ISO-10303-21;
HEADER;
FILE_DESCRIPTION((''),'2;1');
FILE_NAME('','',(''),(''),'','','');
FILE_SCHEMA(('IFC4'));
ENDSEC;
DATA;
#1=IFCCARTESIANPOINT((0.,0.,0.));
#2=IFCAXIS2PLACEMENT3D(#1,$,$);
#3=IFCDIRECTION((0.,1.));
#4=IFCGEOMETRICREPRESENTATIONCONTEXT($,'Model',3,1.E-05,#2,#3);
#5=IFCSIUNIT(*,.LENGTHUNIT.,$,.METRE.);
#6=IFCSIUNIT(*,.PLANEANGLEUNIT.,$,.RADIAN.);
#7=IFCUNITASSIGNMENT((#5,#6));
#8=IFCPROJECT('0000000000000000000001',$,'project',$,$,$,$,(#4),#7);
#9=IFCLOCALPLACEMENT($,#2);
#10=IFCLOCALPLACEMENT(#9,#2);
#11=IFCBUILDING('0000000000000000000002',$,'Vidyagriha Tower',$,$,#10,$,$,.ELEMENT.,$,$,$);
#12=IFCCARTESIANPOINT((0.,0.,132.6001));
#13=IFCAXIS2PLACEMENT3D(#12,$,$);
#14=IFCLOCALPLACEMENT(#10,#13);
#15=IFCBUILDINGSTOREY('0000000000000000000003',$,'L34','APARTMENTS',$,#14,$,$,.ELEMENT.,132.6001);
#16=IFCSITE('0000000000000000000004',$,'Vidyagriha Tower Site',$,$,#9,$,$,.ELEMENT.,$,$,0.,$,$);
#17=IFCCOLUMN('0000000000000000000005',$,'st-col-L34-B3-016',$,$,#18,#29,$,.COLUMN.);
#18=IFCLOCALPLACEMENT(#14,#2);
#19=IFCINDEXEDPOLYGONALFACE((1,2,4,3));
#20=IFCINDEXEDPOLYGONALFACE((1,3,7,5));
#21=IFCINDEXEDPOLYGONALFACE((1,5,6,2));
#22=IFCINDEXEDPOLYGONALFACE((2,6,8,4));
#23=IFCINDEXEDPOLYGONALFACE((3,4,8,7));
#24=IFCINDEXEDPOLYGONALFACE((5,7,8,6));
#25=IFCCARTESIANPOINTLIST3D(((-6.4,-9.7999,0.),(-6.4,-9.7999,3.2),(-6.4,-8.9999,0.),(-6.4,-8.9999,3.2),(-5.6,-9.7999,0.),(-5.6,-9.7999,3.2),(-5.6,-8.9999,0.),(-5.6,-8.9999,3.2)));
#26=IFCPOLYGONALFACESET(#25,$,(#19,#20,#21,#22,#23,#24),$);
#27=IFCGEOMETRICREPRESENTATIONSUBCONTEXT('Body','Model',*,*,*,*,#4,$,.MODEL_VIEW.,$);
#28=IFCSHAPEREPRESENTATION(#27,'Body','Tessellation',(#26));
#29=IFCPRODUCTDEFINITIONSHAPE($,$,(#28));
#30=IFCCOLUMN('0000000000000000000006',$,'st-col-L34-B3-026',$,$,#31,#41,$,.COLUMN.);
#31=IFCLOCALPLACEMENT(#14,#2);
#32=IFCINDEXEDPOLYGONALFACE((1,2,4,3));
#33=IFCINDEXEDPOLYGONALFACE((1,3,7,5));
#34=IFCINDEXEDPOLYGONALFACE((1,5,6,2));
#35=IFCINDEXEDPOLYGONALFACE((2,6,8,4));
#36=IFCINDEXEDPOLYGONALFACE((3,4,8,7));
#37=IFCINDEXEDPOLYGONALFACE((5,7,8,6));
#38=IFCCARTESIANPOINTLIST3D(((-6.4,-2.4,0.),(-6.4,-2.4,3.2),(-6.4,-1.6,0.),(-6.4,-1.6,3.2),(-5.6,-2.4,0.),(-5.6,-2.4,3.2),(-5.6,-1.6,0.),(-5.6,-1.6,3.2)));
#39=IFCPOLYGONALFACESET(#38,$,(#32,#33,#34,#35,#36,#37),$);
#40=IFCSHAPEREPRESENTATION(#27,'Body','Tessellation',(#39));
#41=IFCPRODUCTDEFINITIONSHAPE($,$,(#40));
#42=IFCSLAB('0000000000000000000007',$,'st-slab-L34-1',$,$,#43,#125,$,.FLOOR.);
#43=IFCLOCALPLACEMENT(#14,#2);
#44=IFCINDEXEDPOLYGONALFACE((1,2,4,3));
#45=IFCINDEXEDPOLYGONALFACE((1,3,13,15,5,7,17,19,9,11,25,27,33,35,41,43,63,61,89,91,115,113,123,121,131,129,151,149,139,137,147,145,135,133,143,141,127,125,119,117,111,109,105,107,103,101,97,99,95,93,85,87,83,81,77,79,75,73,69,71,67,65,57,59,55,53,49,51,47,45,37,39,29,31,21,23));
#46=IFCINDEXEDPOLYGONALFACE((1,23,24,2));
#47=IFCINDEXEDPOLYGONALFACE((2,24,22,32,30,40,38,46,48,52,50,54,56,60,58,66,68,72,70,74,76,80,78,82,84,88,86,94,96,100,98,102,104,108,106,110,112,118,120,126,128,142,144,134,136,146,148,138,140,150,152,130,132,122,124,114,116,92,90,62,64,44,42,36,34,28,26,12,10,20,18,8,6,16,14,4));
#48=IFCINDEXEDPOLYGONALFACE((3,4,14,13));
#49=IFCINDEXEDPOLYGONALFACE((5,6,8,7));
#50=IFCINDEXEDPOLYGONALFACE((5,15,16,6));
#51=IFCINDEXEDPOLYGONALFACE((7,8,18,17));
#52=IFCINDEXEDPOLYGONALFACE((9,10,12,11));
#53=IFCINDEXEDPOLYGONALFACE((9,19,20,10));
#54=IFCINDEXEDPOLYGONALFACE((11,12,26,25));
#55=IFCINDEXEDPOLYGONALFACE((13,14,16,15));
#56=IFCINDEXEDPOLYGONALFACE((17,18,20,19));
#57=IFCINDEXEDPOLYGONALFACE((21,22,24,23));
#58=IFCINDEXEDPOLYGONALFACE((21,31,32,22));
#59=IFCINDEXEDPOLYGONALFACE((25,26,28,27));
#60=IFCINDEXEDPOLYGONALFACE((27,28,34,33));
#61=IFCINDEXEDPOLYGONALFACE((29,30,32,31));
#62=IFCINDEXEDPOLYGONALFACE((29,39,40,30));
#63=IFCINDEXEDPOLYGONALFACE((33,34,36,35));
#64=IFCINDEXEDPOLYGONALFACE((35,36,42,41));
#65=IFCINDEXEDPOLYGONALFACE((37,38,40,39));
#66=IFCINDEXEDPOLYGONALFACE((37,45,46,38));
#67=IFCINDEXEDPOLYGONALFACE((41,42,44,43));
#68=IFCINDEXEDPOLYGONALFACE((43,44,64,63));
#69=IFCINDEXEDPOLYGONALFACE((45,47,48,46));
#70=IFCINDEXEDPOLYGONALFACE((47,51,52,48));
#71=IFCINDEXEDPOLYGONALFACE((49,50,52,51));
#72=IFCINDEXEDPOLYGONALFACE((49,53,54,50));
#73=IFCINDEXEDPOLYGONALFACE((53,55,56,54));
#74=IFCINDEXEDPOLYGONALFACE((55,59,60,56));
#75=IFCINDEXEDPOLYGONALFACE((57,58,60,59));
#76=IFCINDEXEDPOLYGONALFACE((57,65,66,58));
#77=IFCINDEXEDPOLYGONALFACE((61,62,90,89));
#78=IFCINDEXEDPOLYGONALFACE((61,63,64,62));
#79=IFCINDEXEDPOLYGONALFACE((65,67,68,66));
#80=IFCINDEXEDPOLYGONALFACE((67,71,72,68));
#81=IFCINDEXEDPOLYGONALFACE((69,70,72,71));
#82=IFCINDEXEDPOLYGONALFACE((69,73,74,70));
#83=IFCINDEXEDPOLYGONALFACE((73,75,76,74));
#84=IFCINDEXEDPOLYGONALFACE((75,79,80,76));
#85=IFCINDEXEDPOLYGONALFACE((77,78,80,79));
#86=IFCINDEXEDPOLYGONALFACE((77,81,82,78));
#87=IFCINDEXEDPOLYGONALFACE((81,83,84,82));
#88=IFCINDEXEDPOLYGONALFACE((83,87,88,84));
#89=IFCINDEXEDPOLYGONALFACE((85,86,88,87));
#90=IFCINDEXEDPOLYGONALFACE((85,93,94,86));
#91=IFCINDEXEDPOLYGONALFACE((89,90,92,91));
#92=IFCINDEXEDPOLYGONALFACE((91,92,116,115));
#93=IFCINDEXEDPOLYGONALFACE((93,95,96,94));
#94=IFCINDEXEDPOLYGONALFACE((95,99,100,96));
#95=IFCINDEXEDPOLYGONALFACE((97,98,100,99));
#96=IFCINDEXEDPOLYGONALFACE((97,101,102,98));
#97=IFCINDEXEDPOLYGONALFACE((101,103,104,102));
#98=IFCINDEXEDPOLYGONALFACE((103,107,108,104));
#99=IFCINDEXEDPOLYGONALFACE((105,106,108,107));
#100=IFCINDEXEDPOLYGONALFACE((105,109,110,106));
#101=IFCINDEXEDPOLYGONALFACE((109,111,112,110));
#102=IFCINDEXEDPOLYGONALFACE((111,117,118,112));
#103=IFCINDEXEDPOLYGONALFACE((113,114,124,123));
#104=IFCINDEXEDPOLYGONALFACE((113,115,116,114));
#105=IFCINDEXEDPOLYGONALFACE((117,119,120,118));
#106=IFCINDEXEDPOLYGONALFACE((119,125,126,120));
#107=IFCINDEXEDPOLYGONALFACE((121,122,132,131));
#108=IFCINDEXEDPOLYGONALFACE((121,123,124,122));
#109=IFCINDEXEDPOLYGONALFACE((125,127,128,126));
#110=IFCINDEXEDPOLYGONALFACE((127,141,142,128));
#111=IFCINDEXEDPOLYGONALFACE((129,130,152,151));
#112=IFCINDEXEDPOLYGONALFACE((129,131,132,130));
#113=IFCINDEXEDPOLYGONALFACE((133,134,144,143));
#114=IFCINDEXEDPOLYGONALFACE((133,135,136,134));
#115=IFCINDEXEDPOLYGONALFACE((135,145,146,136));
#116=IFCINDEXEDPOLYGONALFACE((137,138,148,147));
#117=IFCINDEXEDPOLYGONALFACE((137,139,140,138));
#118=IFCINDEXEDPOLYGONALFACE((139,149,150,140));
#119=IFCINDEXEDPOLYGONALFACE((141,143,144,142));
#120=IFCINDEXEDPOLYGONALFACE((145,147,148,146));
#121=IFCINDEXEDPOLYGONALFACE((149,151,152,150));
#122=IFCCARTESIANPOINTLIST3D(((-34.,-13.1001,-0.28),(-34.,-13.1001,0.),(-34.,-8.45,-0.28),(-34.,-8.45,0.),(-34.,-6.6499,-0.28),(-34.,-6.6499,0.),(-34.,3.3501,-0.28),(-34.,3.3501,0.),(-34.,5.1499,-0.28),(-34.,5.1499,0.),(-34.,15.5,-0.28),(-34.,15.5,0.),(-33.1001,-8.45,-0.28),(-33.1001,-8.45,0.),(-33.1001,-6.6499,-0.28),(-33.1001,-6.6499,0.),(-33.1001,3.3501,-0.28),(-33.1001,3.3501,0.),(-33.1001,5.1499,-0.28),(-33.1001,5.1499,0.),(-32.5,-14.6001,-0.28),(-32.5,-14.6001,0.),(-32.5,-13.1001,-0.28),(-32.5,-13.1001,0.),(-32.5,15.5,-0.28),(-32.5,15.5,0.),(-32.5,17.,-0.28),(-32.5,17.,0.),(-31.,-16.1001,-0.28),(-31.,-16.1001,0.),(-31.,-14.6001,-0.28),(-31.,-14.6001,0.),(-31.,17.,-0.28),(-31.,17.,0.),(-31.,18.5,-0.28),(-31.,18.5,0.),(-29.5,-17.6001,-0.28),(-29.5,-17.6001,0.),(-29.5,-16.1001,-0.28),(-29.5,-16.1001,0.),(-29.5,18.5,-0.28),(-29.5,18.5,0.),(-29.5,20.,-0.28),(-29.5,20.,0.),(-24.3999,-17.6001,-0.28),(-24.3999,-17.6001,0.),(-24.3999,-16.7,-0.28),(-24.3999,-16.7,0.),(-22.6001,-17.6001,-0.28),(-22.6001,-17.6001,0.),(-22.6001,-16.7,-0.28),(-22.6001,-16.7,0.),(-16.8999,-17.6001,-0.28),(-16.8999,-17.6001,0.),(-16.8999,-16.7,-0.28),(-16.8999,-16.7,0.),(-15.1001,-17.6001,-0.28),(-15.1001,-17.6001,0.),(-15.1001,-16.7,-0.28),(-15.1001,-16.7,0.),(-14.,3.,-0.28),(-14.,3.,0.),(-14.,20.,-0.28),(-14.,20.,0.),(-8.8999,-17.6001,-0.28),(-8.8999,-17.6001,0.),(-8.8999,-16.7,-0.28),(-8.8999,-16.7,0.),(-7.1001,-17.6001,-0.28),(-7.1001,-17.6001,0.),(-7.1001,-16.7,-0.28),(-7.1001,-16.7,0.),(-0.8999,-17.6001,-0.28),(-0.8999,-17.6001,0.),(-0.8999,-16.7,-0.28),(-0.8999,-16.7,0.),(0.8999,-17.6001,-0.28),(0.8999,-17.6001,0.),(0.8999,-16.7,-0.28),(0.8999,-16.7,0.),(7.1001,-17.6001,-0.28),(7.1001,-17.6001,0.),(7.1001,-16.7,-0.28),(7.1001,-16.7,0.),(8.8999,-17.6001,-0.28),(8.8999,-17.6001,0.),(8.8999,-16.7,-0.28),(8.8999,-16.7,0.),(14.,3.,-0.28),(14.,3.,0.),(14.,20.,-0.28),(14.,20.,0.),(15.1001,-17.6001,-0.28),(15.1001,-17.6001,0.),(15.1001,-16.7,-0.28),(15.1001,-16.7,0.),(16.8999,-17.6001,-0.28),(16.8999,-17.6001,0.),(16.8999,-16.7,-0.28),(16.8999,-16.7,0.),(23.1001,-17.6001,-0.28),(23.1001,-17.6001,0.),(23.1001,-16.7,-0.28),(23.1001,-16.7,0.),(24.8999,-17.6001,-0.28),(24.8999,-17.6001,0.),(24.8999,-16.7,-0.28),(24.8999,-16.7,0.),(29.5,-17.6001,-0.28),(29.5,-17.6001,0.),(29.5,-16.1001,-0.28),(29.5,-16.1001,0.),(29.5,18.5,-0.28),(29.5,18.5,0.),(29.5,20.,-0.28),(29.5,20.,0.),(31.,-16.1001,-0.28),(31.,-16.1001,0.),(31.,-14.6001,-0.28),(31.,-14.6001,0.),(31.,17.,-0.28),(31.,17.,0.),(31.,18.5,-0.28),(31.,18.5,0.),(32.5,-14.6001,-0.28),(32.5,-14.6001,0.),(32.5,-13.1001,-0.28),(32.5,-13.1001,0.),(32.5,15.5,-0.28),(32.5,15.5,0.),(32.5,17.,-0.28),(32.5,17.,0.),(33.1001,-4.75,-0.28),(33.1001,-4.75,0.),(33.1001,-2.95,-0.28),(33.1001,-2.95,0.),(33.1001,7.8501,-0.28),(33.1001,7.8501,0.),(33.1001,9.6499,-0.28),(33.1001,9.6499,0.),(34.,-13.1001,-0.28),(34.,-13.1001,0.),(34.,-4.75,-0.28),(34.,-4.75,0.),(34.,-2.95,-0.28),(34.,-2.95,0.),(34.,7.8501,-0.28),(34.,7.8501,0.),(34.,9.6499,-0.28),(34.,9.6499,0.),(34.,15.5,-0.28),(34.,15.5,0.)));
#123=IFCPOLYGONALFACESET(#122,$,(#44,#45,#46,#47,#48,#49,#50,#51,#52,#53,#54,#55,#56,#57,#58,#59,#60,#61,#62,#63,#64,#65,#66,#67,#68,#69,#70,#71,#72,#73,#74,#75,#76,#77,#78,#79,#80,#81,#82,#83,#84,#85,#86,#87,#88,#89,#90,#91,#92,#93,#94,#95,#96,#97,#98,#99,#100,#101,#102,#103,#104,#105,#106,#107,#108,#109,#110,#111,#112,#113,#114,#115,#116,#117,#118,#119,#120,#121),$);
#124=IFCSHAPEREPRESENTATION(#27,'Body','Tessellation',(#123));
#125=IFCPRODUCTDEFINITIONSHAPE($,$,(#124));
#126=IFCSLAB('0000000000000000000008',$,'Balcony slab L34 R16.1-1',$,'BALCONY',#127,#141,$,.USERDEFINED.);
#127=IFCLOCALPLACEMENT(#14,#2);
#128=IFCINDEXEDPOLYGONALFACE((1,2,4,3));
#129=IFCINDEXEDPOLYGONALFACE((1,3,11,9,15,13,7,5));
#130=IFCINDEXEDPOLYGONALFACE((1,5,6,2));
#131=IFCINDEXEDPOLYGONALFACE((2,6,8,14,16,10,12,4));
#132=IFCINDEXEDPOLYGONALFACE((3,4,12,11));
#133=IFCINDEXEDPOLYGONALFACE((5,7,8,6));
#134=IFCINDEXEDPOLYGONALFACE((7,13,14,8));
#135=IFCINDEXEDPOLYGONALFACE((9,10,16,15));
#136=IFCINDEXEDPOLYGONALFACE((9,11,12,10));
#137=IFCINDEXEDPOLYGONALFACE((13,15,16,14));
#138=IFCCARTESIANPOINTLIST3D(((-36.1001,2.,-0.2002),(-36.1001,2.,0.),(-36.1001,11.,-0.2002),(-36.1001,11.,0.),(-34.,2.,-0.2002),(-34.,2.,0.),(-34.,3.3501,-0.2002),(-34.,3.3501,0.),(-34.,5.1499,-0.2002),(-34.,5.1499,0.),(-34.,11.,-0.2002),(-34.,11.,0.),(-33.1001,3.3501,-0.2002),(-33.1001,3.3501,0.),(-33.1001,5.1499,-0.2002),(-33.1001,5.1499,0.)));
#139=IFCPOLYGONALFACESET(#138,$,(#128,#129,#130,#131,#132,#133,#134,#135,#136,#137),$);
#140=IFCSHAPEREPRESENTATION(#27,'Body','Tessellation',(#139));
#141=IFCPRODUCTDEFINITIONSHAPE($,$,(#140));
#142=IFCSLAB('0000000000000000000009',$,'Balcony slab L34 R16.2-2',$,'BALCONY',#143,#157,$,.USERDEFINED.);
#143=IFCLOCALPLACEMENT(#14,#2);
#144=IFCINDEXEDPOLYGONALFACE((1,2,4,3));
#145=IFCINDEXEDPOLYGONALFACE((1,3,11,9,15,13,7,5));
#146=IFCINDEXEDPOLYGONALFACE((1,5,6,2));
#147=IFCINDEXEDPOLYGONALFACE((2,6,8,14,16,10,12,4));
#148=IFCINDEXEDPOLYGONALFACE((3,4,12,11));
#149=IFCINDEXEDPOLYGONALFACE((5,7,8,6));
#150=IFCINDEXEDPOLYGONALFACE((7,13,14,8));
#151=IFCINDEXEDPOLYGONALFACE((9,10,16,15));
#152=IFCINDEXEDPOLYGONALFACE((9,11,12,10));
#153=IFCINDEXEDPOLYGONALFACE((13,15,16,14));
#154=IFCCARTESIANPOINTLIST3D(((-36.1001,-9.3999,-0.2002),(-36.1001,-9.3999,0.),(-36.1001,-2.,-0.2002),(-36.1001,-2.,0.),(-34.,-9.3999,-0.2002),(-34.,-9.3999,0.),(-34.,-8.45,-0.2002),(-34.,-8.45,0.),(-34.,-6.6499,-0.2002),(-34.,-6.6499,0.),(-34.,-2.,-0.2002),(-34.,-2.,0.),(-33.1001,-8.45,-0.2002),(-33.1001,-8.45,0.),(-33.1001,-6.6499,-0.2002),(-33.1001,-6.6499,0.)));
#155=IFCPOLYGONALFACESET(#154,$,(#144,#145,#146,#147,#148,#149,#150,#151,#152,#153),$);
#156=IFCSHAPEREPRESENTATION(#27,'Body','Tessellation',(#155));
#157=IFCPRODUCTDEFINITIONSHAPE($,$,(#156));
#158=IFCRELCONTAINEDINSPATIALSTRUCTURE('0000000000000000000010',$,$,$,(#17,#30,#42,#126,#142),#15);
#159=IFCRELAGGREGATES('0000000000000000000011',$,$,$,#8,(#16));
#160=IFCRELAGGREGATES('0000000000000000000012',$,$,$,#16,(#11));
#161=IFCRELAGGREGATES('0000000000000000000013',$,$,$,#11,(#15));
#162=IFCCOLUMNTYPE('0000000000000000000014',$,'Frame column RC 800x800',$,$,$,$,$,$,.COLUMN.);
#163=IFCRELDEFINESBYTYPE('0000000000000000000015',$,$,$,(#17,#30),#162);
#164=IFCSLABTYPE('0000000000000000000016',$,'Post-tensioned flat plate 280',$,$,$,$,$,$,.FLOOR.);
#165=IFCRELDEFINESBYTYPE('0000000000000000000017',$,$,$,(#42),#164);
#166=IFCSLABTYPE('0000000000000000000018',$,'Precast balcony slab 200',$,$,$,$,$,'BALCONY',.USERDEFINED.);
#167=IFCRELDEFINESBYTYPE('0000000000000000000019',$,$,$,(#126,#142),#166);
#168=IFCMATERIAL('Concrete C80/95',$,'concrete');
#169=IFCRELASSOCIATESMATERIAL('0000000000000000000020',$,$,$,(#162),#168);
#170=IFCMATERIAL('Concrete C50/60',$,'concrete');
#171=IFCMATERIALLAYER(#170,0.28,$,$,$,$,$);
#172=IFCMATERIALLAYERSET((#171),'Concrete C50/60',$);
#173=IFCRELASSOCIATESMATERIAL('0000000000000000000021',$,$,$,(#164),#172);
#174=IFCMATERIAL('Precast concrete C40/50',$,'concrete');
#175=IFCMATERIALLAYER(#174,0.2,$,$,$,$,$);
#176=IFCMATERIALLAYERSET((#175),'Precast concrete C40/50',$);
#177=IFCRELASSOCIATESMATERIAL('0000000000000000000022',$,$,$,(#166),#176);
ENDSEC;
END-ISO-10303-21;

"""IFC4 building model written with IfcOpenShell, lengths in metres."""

from ifc_helpers import new_model, si_unit, direction, frame, origin, origin_2d, place, context, subcontext, project, spatial, polyline, rectangle, outline, extrude, material, layer, layer_set, material_profile, profile_set, type_object, element, save


model = new_model("IFC4")

# Units and contexts
model_context = context("Model", 3, precision=1e-05, world=origin(), true_north=direction((0.0, 1.0)))
body_context = subcontext(model_context, "Body", "Model", "MODEL_VIEW")
ifc_project = project(units=[si_unit("LENGTHUNIT", "METRE"), si_unit("PLANEANGLEUNIT", "RADIAN")], contexts=[model_context])

# Site, building, storey
site_placement = place(None, origin())
site = spatial("IfcSite", under=ifc_project, at=site_placement, Name="Vidyagriha Tower Site", CompositionType="ELEMENT", RefElevation=0.0)
building_placement = place(site_placement, origin())
building = spatial("IfcBuilding", under=site, at=building_placement, Name="Vidyagriha Tower", CompositionType="ELEMENT")
storey_placement = place(building_placement, frame((0.0, 0.0, 132.6001)))
storey = spatial("IfcBuildingStorey", under=building, at=storey_placement, Name="L34", Description="APARTMENTS", CompositionType="ELEMENT", Elevation=132.6001)

# Columns
ifc_material_1 = material(Name="Concrete C80/95", Category="concrete")
ifc_material_profile = material_profile(ifc_material_1, rectangle(XDim=0.8, YDim=0.8, at=origin_2d()), Name="RC 800x800")
ifc_profile_set = profile_set([ifc_material_profile], Name="Concrete C80/95")
column_type = type_object("IfcColumnType", Name="Frame column RC 800x800", PredefinedType="COLUMN", material=ifc_profile_set)
for number, where, name in (
    (1, (-6.0, -9.3999, 0.0), "st-col-L34-B3-016"),
    (2, (-6.0, -2.0, 0.0), "st-col-L34-B3-026"),
):
    element("IfcColumn", number, at=place(storey_placement, frame(where)), inside=storey, type_object=column_type, Name=name, PredefinedType="COLUMN", context=body_context, shape_type="SweptSolid", body=[
        extrude(rectangle(XDim=0.8, YDim=0.8, at=origin_2d()), origin(), (0.0, 0.0, 1.0), 3.2),
    ])

# Slabs
ifc_material_2 = material(Name="Concrete C50/60", Category="concrete")
ifc_layer_1 = layer(ifc_material_2, 0.28)
ifc_layer_set_1 = layer_set([ifc_layer_1], Name="Concrete C50/60")
slab_type_1 = type_object("IfcSlabType", Name="Post-tensioned flat plate 280", PredefinedType="FLOOR", material=ifc_layer_set_1)
slab_1_placement = place(storey_placement, frame((0.0, 0.0, -0.28)))
element("IfcSlab", 3, at=slab_1_placement, inside=storey, type_object=slab_type_1, Name="st-slab-L34-1", PredefinedType="FLOOR", context=body_context, shape_type="SweptSolid", body=[
    extrude(outline(polyline([(32.5, -14.6001), (31.0, -14.6001), (31.0, -16.1001), (29.5, -16.1001), (29.5, -17.6001), (24.8999, -17.6001), (24.8999, -16.7), (23.1001, -16.7), (23.1001, -17.6001), (16.8999, -17.6001), (16.8999, -16.7), (15.1001, -16.7), (15.1001, -17.6001), (8.8999, -17.6001), (8.8999, -16.7), (7.1001, -16.7), (7.1001, -17.6001), (0.8999, -17.6001), (0.8999, -16.7), (-0.8999, -16.7), (-0.8999, -17.6001), (-7.1001, -17.6001), (-7.1001, -16.7), (-8.8999, -16.7), (-8.8999, -17.6001), (-15.1001, -17.6001), (-15.1001, -16.7), (-16.8999, -16.7), (-16.8999, -17.6001), (-22.6001, -17.6001), (-22.6001, -16.7), (-24.3999, -16.7), (-24.3999, -17.6001), (-29.5, -17.6001), (-29.5, -16.1001), (-31.0, -16.1001), (-31.0, -14.6001), (-32.5, -14.6001), (-32.5, -13.1001), (-34.0, -13.1001), (-34.0, -8.45), (-33.1001, -8.45), (-33.1001, -6.6499), (-34.0, -6.6499), (-34.0, 3.3501), (-33.1001, 3.3501), (-33.1001, 5.1499), (-34.0, 5.1499), (-34.0, 15.5), (-32.5, 15.5), (-32.5, 17.0), (-31.0, 17.0), (-31.0, 18.5), (-29.5, 18.5), (-29.5, 20.0), (-14.0, 20.0), (-14.0, 3.0), (14.0, 3.0), (14.0, 20.0), (29.5, 20.0), (29.5, 18.5), (31.0, 18.5), (31.0, 17.0), (32.5, 17.0), (32.5, 15.5), (34.0, 15.5), (34.0, 9.6499), (33.1001, 9.6499), (33.1001, 7.8501), (34.0, 7.8501), (34.0, -2.95), (33.1001, -2.95), (33.1001, -4.75), (34.0, -4.75), (34.0, -13.1001), (32.5, -13.1001), (32.5, -14.6001)])), origin(), (0.0, 0.0, 1.0), 0.28),
])
ifc_material_3 = material(Name="Precast concrete C40/50", Category="concrete")
ifc_layer_2 = layer(ifc_material_3, 0.2)
ifc_layer_set_2 = layer_set([ifc_layer_2], Name="Precast concrete C40/50")
slab_type_2 = type_object("IfcSlabType", Name="Precast balcony slab 200", ElementType="BALCONY", PredefinedType="USERDEFINED", material=ifc_layer_set_2)
slab_2_placement = place(storey_placement, frame((0.0, 0.0, -0.2002)))
element("IfcSlab", 4, at=slab_2_placement, inside=storey, type_object=slab_type_2, Name="Balcony slab L34 R16.1-1", ObjectType="BALCONY", PredefinedType="USERDEFINED", context=body_context, shape_type="SweptSolid", body=[
    extrude(outline(polyline([(-33.1001, 3.3501), (-33.1001, 5.1499), (-34.0, 5.1499), (-34.0, 11.0), (-36.1001, 11.0), (-36.1001, 2.0), (-34.0, 2.0), (-34.0, 3.3501), (-33.1001, 3.3501)])), origin(), (0.0, 0.0, 1.0), 0.2002),
])
slab_3_placement = place(storey_placement, frame((0.0, 0.0, -0.2002)))
element("IfcSlab", 5, at=slab_3_placement, inside=storey, type_object=slab_type_2, Name="Balcony slab L34 R16.2-2", ObjectType="BALCONY", PredefinedType="USERDEFINED", context=body_context, shape_type="SweptSolid", body=[
    extrude(outline(polyline([(-33.1001, -8.45), (-33.1001, -6.6499), (-34.0, -6.6499), (-34.0, -2.0), (-36.1001, -2.0), (-36.1001, -9.3999), (-34.0, -9.3999), (-34.0, -8.45), (-33.1001, -8.45)])), origin(), (0.0, 0.0, 1.0), 0.2002),
])

save(model, "model.ifc")
